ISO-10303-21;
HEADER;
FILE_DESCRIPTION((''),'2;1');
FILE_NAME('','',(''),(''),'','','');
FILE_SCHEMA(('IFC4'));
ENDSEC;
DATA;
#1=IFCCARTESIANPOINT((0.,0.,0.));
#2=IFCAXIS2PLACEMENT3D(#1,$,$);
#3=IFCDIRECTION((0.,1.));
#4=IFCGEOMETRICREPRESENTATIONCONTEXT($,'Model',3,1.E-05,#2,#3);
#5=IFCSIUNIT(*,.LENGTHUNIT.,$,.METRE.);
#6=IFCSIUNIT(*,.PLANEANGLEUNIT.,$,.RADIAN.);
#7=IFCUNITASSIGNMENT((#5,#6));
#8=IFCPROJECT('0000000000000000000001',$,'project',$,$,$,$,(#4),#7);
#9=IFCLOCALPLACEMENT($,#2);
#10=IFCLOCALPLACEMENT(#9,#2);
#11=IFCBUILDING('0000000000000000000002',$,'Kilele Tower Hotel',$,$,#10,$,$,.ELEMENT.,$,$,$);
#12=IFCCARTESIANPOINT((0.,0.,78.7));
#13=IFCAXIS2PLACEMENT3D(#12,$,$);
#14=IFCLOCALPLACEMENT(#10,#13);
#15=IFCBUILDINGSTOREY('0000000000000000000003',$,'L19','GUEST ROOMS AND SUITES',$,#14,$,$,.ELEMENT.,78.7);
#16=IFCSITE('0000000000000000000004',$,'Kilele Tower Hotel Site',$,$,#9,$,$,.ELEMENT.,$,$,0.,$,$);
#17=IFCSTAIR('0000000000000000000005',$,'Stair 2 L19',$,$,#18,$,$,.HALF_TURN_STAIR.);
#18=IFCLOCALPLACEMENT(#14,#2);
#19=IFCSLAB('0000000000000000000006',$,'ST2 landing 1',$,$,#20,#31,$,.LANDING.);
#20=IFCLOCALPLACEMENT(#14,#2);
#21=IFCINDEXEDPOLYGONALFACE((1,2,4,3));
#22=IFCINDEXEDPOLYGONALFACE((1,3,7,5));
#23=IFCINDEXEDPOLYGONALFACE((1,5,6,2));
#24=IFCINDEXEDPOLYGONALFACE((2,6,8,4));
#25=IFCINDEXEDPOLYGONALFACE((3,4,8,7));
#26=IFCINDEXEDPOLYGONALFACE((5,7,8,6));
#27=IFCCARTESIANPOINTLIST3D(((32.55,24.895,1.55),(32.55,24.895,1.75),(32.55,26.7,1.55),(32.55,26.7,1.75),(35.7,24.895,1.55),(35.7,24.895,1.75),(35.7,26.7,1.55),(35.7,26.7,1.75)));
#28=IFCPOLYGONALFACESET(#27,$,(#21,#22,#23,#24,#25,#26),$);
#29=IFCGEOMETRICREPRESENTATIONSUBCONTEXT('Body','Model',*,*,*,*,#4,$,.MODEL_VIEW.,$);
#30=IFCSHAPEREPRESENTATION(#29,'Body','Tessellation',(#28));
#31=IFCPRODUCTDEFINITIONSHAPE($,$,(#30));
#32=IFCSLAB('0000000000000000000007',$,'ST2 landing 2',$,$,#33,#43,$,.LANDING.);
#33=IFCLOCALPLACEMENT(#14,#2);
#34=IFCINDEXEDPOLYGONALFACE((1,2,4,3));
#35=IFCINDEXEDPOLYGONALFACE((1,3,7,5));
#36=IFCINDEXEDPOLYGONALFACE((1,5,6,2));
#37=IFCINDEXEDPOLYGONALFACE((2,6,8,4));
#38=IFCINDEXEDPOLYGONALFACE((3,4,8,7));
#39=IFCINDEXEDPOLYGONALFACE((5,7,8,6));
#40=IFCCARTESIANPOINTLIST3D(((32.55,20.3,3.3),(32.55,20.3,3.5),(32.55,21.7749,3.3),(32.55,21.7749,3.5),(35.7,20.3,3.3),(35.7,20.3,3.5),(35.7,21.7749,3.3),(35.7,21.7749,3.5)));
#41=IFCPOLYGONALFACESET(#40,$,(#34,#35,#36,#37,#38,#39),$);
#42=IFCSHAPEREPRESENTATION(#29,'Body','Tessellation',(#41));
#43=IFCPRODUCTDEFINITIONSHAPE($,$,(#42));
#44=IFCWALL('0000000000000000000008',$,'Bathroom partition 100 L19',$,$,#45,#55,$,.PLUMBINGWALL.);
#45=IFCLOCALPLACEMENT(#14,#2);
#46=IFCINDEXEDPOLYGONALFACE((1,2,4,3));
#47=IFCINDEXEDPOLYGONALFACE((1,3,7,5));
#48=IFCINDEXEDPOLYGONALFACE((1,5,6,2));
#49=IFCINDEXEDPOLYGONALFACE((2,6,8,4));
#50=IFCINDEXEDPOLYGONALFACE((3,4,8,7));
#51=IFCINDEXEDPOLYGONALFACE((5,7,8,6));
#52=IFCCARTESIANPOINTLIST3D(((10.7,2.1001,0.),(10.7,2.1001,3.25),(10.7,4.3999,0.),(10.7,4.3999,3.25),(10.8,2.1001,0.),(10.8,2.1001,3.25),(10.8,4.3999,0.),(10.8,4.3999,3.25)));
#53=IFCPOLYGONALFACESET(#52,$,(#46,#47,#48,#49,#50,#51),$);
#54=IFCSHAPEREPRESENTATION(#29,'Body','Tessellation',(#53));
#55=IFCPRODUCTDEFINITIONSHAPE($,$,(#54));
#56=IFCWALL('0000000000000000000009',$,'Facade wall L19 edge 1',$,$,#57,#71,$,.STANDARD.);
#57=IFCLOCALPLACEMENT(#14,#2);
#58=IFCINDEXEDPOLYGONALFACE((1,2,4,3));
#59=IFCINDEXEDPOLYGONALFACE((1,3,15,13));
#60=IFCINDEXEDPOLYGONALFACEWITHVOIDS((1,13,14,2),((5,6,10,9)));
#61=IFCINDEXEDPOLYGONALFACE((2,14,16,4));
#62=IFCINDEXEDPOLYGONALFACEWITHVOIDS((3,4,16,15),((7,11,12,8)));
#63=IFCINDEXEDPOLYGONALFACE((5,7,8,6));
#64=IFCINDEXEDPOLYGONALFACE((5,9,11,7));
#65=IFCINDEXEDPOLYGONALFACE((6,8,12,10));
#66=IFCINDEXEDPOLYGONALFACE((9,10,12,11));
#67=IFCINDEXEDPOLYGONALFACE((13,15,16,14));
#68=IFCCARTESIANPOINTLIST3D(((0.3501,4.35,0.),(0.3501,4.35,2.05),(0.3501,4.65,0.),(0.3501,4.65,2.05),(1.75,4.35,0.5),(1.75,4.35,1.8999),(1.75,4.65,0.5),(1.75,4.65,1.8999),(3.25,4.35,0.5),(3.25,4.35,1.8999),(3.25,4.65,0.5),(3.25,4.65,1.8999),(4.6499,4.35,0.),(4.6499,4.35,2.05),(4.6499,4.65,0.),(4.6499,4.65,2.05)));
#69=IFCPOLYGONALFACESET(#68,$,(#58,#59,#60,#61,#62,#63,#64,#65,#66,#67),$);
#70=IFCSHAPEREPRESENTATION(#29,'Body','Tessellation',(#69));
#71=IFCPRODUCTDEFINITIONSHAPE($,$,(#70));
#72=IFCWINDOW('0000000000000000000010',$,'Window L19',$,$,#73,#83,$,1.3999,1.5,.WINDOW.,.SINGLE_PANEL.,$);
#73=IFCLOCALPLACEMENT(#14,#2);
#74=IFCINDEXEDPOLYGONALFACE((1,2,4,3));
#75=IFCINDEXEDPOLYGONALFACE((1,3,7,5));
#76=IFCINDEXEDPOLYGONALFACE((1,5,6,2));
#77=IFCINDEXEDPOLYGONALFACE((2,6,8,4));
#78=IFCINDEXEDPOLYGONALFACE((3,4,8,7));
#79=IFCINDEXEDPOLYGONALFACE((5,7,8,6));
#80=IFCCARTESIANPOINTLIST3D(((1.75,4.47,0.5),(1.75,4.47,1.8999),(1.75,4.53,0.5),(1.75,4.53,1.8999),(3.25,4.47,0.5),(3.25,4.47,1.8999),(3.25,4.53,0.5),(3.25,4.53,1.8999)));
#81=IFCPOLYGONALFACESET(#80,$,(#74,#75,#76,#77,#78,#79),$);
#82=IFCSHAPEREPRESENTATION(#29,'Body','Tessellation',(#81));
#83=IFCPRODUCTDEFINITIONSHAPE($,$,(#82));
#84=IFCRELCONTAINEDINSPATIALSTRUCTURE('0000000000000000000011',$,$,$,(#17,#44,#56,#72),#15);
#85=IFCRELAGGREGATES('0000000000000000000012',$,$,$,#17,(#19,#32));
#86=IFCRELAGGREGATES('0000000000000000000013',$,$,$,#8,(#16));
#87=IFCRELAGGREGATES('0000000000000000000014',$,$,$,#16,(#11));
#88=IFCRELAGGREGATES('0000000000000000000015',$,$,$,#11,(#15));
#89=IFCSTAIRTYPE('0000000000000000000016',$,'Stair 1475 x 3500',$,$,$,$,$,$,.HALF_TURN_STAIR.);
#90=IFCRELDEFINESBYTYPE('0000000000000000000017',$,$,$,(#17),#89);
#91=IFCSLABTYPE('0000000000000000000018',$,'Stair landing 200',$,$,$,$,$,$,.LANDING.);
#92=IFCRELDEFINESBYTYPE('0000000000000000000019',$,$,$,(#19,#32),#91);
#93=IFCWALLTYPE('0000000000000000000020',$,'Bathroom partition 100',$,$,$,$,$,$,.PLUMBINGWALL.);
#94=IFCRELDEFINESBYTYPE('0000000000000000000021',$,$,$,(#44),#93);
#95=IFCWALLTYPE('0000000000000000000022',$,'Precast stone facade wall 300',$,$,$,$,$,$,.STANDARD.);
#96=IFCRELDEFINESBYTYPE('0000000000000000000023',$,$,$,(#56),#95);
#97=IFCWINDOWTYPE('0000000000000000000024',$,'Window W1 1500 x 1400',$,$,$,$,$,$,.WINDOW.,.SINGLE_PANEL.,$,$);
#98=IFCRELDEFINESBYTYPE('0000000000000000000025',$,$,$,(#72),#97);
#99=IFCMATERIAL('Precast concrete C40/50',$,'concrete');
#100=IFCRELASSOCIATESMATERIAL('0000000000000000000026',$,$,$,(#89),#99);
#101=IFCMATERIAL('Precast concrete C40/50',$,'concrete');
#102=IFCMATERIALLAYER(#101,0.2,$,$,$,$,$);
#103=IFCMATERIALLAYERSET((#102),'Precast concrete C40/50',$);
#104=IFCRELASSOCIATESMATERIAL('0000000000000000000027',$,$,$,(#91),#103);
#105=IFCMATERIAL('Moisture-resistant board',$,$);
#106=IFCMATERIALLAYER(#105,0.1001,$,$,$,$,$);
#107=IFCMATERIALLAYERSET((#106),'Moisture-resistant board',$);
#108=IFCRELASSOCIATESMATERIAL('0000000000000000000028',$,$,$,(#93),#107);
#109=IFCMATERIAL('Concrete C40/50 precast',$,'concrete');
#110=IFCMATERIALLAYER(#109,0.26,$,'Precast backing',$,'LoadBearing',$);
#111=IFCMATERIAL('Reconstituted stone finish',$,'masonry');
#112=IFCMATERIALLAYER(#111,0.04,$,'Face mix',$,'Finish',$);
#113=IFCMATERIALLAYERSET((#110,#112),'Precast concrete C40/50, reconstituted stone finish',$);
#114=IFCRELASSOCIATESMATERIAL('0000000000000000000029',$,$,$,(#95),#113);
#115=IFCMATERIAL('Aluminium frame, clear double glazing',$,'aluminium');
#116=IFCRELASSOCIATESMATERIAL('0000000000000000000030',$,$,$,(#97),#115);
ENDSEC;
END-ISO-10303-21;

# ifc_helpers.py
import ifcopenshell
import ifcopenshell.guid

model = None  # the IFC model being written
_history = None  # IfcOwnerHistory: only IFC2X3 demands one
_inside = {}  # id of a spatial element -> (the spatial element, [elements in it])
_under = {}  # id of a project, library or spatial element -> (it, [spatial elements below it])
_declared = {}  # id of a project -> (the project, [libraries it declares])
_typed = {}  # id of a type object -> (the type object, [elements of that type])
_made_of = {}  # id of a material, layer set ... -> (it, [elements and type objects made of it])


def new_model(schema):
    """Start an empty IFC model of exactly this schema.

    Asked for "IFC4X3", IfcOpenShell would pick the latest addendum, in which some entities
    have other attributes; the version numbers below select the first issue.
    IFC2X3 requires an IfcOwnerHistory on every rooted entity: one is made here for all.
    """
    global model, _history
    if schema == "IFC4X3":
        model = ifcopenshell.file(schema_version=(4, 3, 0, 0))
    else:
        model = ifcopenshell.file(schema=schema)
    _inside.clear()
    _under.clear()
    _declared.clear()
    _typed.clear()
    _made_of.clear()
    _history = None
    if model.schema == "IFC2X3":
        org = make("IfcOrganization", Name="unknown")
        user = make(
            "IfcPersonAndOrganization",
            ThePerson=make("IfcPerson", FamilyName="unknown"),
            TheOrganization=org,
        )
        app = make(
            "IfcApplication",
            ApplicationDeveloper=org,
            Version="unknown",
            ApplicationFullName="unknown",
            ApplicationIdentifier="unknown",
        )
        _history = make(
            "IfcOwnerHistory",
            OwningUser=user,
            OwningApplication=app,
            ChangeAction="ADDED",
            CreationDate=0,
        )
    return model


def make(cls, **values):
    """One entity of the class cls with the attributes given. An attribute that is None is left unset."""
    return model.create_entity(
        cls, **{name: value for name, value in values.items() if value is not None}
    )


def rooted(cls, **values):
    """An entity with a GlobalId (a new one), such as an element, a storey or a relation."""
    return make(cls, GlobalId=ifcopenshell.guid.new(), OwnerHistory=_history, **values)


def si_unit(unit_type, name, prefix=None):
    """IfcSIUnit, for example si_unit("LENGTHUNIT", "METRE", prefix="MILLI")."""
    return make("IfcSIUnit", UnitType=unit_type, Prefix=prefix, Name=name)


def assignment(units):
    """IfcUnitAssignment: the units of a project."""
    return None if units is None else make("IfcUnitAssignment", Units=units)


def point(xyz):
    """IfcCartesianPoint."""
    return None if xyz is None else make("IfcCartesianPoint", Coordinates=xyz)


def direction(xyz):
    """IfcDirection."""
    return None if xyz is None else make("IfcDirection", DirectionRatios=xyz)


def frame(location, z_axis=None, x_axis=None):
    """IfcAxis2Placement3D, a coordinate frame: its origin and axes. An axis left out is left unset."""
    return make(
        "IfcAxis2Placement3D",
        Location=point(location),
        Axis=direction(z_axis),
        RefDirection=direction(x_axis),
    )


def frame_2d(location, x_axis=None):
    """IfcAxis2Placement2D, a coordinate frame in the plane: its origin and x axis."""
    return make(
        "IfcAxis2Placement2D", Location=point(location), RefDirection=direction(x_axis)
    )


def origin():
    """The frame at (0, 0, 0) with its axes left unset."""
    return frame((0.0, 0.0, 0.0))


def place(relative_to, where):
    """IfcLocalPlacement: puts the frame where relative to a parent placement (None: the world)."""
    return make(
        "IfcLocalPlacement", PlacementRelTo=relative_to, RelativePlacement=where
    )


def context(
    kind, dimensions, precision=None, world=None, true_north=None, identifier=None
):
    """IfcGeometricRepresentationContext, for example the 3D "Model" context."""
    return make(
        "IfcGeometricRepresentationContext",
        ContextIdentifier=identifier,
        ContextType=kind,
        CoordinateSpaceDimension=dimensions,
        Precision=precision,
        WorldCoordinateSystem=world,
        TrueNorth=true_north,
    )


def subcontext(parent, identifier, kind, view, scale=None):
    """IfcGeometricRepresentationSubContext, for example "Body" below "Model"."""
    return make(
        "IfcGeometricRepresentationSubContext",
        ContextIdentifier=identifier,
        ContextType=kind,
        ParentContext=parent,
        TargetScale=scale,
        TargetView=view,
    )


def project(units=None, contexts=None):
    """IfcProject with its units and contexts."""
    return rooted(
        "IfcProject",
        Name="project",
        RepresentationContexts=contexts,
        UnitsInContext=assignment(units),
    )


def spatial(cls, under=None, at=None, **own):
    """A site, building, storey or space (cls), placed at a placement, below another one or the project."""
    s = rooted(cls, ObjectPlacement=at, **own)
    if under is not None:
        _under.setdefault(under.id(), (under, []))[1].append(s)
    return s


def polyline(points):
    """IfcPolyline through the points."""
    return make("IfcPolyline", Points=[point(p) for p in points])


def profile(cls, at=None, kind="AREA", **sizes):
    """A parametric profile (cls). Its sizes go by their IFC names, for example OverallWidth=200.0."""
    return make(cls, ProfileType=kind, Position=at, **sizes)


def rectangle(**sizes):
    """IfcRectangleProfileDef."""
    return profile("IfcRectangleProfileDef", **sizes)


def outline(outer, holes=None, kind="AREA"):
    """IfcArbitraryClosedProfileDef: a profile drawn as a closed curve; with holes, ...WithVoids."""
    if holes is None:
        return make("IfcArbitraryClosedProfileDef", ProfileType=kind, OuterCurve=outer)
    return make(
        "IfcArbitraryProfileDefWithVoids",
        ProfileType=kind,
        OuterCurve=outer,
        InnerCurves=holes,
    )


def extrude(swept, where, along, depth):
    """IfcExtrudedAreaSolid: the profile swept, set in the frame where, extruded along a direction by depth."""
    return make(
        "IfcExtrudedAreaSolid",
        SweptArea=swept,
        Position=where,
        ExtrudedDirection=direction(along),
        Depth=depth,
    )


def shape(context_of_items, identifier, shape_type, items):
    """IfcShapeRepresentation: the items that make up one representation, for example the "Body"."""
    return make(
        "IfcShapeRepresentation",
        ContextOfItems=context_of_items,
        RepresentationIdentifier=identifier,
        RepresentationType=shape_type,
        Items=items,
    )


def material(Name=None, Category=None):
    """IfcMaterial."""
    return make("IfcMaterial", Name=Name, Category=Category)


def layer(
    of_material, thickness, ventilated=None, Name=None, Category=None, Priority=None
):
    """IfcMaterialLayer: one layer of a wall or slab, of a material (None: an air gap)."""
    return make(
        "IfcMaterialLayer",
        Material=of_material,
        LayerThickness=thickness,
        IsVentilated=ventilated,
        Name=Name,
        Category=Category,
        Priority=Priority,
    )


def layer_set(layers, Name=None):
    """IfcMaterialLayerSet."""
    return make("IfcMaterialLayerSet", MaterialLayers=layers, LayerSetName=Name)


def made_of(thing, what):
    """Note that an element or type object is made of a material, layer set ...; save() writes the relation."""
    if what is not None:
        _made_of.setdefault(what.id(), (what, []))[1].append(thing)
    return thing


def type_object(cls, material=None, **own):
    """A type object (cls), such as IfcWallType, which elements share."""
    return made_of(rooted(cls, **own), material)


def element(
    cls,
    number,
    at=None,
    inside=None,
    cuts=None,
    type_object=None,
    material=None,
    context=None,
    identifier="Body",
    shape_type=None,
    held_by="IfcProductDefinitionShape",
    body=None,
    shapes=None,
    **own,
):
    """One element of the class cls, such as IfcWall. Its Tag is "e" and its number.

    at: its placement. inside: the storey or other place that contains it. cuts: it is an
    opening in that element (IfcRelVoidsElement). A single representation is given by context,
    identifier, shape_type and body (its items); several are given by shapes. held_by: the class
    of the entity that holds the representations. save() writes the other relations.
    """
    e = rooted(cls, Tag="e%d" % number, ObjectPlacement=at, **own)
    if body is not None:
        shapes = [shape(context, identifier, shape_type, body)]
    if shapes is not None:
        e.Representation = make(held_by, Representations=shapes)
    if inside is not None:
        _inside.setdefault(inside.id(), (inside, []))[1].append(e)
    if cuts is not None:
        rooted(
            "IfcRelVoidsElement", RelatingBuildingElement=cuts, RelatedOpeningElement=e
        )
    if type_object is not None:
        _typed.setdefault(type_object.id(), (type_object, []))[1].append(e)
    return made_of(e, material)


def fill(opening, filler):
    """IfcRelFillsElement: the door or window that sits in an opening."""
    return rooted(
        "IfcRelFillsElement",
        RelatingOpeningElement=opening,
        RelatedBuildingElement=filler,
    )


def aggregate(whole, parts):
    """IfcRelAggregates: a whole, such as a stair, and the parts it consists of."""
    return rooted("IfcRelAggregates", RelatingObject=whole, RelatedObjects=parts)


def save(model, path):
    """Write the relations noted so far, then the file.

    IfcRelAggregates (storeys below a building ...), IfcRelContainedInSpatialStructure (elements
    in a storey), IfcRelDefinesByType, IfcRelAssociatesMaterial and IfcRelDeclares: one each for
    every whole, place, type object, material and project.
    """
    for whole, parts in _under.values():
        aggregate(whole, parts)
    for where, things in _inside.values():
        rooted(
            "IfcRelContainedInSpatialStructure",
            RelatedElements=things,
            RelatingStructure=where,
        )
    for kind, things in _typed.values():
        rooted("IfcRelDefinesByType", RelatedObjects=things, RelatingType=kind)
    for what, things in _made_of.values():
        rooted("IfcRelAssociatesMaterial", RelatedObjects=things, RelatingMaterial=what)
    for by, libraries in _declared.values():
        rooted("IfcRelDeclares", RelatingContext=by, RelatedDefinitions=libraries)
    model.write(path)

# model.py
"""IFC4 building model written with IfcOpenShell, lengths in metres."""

from ifc_helpers import new_model, si_unit, direction, frame, frame_2d, origin, place, context, subcontext, project, spatial, polyline, rectangle, outline, extrude, material, layer, layer_set, type_object, element, fill, aggregate, save


model = new_model("IFC4")

# Units and contexts
model_context = context("Model", 3, precision=1e-05, world=origin(), true_north=direction((0.0, 1.0)))
body_context = subcontext(model_context, "Body", "Model", "MODEL_VIEW")
ifc_project = project(units=[si_unit("LENGTHUNIT", "METRE"), si_unit("PLANEANGLEUNIT", "RADIAN")], contexts=[model_context])

# Site, building, storey
site_placement = place(None, origin())
site = spatial("IfcSite", under=ifc_project, at=site_placement, Name="Kilele Tower Hotel Site", CompositionType="ELEMENT", RefElevation=0.0)
building_placement = place(site_placement, origin())
building = spatial("IfcBuilding", under=site, at=building_placement, Name="Kilele Tower Hotel", CompositionType="ELEMENT")
storey_placement = place(building_placement, frame((0.0, 0.0, 78.7)))
storey = spatial("IfcBuildingStorey", under=building, at=storey_placement, Name="L19", Description="GUEST ROOMS AND SUITES", CompositionType="ELEMENT", Elevation=78.7)

# Stair, slabs
ifc_material_1 = material(Name="Precast concrete C40/50", Category="concrete")
stair_type = type_object("IfcStairType", Name="Stair 1475 x 3500", PredefinedType="HALF_TURN_STAIR", material=ifc_material_1)
ifc_material_2 = material(Name="Precast concrete C40/50", Category="concrete")
ifc_layer_1 = layer(ifc_material_2, 0.2)
ifc_layer_set_1 = layer_set([ifc_layer_1], Name="Precast concrete C40/50")
slab_type_1 = type_object("IfcSlabType", Name="Stair landing 200", PredefinedType="LANDING", material=ifc_layer_set_1)
stair_1_placement = place(storey_placement, origin())
stair_1 = element("IfcStair", 1, at=stair_1_placement, inside=storey, type_object=stair_type, Name="Stair 2 L19", PredefinedType="HALF_TURN_STAIR")
slab_1_placement = place(storey_placement, frame((0.0, 0.0, 1.55)))
slab_1 = element("IfcSlab", 2, at=slab_1_placement, type_object=slab_type_1, Name="ST2 landing 1", PredefinedType="LANDING", context=body_context, shape_type="SweptSolid", body=[
    extrude(outline(polyline([(32.55, 24.895), (35.7, 24.895), (35.7, 26.7), (32.55, 26.7), (32.55, 24.895)])), origin(), (0.0, 0.0, 1.0), 0.2),
])
slab_2_placement = place(storey_placement, frame((0.0, 0.0, 3.3)))
slab_2 = element("IfcSlab", 3, at=slab_2_placement, type_object=slab_type_1, Name="ST2 landing 2", PredefinedType="LANDING", context=body_context, shape_type="SweptSolid", body=[
    extrude(outline(polyline([(32.55, 20.3), (35.7, 20.3), (35.7, 21.7749), (32.55, 21.7749), (32.55, 20.3)])), origin(), (0.0, 0.0, 1.0), 0.2),
])
aggregate(stair_1, [slab_1, slab_2])

# Wall
ifc_material_3 = material(Name="Moisture-resistant board")
ifc_layer_2 = layer(ifc_material_3, 0.1001)
ifc_layer_set_2 = layer_set([ifc_layer_2], Name="Moisture-resistant board")
wall_type_1 = type_object("IfcWallType", Name="Bathroom partition 100", PredefinedType="PLUMBINGWALL", material=ifc_layer_set_2)
wall_1_placement = place(storey_placement, frame((10.75, 4.3999, 0.0), z_axis=(0.0, 0.0, 1.0), x_axis=(0.0, -1.0, 0.0)))
element("IfcWall", 4, at=wall_1_placement, inside=storey, type_object=wall_type_1, Name="Bathroom partition 100 L19", PredefinedType="PLUMBINGWALL", context=body_context, shape_type="SweptSolid", body=[
    extrude(rectangle(XDim=2.2998, YDim=0.1001, at=frame_2d((1.1499, 0.0))), origin(), (0.0, 0.0, 1.0), 3.25),
])

# Wall, opening, window
ifc_material_4 = material(Name="Concrete C40/50 precast", Category="concrete")
ifc_layer_3 = layer(ifc_material_4, 0.26, Name="Precast backing", Category="LoadBearing")
ifc_material_5 = material(Name="Reconstituted stone finish", Category="masonry")
ifc_layer_4 = layer(ifc_material_5, 0.04, Name="Face mix", Category="Finish")
ifc_layer_set_3 = layer_set([ifc_layer_3, ifc_layer_4], Name="Precast concrete C40/50, reconstituted stone finish")
wall_type_2 = type_object("IfcWallType", Name="Precast stone facade wall 300", PredefinedType="STANDARD", material=ifc_layer_set_3)
wall_2_placement = place(storey_placement, frame((0.3501, 4.5, 0.0), z_axis=(0.0, 0.0, 1.0), x_axis=(1.0, 0.0, 0.0)))
wall_2 = element("IfcWall", 5, at=wall_2_placement, inside=storey, type_object=wall_type_2, Name="Facade wall L19 edge 1", PredefinedType="STANDARD", context=body_context, shape_type="SweptSolid", body=[
    extrude(rectangle(XDim=4.2998, YDim=0.3, at=frame_2d((2.1499, 0.0))), origin(), (0.0, 0.0, 1.0), 2.05),
])
opening_1_placement = place(wall_2_placement, frame((1.3999, 0.0, 0.5)))
opening_1 = element("IfcOpeningElement", 6, at=opening_1_placement, cuts=wall_2, PredefinedType="OPENING", context=body_context, shape_type="SweptSolid", body=[
    extrude(rectangle(XDim=1.5, YDim=1.3999, at=frame_2d((0.75, 0.7))), frame((0.0, 0.1599, 0.0), z_axis=(0.0, -1.0, 0.0), x_axis=(1.0, 0.0, 0.0)), (0.0, 0.0, 1.0), 0.3201),
])
ifc_material_6 = material(Name="Aluminium frame, clear double glazing", Category="aluminium")
window_type = type_object("IfcWindowType", Name="Window W1 1500 x 1400", PartitioningType="SINGLE_PANEL", PredefinedType="WINDOW", material=ifc_material_6)
window_1_placement = place(opening_1_placement, origin())
window_1 = element("IfcWindow", 7, at=window_1_placement, inside=storey, type_object=window_type, Name="Window L19", OverallHeight=1.3999, OverallWidth=1.5, PartitioningType="SINGLE_PANEL", PredefinedType="WINDOW", context=body_context, shape_type="SweptSolid", body=[
    extrude(rectangle(XDim=1.5, YDim=1.3999, at=frame_2d((0.75, 0.7))), frame((0.0, 0.03, 0.0), z_axis=(0.0, -1.0, 0.0), x_axis=(1.0, 0.0, 0.0)), (0.0, 0.0, 1.0), 0.0601),
])
fill(opening_1, window_1)

save(model, "model.ifc")
